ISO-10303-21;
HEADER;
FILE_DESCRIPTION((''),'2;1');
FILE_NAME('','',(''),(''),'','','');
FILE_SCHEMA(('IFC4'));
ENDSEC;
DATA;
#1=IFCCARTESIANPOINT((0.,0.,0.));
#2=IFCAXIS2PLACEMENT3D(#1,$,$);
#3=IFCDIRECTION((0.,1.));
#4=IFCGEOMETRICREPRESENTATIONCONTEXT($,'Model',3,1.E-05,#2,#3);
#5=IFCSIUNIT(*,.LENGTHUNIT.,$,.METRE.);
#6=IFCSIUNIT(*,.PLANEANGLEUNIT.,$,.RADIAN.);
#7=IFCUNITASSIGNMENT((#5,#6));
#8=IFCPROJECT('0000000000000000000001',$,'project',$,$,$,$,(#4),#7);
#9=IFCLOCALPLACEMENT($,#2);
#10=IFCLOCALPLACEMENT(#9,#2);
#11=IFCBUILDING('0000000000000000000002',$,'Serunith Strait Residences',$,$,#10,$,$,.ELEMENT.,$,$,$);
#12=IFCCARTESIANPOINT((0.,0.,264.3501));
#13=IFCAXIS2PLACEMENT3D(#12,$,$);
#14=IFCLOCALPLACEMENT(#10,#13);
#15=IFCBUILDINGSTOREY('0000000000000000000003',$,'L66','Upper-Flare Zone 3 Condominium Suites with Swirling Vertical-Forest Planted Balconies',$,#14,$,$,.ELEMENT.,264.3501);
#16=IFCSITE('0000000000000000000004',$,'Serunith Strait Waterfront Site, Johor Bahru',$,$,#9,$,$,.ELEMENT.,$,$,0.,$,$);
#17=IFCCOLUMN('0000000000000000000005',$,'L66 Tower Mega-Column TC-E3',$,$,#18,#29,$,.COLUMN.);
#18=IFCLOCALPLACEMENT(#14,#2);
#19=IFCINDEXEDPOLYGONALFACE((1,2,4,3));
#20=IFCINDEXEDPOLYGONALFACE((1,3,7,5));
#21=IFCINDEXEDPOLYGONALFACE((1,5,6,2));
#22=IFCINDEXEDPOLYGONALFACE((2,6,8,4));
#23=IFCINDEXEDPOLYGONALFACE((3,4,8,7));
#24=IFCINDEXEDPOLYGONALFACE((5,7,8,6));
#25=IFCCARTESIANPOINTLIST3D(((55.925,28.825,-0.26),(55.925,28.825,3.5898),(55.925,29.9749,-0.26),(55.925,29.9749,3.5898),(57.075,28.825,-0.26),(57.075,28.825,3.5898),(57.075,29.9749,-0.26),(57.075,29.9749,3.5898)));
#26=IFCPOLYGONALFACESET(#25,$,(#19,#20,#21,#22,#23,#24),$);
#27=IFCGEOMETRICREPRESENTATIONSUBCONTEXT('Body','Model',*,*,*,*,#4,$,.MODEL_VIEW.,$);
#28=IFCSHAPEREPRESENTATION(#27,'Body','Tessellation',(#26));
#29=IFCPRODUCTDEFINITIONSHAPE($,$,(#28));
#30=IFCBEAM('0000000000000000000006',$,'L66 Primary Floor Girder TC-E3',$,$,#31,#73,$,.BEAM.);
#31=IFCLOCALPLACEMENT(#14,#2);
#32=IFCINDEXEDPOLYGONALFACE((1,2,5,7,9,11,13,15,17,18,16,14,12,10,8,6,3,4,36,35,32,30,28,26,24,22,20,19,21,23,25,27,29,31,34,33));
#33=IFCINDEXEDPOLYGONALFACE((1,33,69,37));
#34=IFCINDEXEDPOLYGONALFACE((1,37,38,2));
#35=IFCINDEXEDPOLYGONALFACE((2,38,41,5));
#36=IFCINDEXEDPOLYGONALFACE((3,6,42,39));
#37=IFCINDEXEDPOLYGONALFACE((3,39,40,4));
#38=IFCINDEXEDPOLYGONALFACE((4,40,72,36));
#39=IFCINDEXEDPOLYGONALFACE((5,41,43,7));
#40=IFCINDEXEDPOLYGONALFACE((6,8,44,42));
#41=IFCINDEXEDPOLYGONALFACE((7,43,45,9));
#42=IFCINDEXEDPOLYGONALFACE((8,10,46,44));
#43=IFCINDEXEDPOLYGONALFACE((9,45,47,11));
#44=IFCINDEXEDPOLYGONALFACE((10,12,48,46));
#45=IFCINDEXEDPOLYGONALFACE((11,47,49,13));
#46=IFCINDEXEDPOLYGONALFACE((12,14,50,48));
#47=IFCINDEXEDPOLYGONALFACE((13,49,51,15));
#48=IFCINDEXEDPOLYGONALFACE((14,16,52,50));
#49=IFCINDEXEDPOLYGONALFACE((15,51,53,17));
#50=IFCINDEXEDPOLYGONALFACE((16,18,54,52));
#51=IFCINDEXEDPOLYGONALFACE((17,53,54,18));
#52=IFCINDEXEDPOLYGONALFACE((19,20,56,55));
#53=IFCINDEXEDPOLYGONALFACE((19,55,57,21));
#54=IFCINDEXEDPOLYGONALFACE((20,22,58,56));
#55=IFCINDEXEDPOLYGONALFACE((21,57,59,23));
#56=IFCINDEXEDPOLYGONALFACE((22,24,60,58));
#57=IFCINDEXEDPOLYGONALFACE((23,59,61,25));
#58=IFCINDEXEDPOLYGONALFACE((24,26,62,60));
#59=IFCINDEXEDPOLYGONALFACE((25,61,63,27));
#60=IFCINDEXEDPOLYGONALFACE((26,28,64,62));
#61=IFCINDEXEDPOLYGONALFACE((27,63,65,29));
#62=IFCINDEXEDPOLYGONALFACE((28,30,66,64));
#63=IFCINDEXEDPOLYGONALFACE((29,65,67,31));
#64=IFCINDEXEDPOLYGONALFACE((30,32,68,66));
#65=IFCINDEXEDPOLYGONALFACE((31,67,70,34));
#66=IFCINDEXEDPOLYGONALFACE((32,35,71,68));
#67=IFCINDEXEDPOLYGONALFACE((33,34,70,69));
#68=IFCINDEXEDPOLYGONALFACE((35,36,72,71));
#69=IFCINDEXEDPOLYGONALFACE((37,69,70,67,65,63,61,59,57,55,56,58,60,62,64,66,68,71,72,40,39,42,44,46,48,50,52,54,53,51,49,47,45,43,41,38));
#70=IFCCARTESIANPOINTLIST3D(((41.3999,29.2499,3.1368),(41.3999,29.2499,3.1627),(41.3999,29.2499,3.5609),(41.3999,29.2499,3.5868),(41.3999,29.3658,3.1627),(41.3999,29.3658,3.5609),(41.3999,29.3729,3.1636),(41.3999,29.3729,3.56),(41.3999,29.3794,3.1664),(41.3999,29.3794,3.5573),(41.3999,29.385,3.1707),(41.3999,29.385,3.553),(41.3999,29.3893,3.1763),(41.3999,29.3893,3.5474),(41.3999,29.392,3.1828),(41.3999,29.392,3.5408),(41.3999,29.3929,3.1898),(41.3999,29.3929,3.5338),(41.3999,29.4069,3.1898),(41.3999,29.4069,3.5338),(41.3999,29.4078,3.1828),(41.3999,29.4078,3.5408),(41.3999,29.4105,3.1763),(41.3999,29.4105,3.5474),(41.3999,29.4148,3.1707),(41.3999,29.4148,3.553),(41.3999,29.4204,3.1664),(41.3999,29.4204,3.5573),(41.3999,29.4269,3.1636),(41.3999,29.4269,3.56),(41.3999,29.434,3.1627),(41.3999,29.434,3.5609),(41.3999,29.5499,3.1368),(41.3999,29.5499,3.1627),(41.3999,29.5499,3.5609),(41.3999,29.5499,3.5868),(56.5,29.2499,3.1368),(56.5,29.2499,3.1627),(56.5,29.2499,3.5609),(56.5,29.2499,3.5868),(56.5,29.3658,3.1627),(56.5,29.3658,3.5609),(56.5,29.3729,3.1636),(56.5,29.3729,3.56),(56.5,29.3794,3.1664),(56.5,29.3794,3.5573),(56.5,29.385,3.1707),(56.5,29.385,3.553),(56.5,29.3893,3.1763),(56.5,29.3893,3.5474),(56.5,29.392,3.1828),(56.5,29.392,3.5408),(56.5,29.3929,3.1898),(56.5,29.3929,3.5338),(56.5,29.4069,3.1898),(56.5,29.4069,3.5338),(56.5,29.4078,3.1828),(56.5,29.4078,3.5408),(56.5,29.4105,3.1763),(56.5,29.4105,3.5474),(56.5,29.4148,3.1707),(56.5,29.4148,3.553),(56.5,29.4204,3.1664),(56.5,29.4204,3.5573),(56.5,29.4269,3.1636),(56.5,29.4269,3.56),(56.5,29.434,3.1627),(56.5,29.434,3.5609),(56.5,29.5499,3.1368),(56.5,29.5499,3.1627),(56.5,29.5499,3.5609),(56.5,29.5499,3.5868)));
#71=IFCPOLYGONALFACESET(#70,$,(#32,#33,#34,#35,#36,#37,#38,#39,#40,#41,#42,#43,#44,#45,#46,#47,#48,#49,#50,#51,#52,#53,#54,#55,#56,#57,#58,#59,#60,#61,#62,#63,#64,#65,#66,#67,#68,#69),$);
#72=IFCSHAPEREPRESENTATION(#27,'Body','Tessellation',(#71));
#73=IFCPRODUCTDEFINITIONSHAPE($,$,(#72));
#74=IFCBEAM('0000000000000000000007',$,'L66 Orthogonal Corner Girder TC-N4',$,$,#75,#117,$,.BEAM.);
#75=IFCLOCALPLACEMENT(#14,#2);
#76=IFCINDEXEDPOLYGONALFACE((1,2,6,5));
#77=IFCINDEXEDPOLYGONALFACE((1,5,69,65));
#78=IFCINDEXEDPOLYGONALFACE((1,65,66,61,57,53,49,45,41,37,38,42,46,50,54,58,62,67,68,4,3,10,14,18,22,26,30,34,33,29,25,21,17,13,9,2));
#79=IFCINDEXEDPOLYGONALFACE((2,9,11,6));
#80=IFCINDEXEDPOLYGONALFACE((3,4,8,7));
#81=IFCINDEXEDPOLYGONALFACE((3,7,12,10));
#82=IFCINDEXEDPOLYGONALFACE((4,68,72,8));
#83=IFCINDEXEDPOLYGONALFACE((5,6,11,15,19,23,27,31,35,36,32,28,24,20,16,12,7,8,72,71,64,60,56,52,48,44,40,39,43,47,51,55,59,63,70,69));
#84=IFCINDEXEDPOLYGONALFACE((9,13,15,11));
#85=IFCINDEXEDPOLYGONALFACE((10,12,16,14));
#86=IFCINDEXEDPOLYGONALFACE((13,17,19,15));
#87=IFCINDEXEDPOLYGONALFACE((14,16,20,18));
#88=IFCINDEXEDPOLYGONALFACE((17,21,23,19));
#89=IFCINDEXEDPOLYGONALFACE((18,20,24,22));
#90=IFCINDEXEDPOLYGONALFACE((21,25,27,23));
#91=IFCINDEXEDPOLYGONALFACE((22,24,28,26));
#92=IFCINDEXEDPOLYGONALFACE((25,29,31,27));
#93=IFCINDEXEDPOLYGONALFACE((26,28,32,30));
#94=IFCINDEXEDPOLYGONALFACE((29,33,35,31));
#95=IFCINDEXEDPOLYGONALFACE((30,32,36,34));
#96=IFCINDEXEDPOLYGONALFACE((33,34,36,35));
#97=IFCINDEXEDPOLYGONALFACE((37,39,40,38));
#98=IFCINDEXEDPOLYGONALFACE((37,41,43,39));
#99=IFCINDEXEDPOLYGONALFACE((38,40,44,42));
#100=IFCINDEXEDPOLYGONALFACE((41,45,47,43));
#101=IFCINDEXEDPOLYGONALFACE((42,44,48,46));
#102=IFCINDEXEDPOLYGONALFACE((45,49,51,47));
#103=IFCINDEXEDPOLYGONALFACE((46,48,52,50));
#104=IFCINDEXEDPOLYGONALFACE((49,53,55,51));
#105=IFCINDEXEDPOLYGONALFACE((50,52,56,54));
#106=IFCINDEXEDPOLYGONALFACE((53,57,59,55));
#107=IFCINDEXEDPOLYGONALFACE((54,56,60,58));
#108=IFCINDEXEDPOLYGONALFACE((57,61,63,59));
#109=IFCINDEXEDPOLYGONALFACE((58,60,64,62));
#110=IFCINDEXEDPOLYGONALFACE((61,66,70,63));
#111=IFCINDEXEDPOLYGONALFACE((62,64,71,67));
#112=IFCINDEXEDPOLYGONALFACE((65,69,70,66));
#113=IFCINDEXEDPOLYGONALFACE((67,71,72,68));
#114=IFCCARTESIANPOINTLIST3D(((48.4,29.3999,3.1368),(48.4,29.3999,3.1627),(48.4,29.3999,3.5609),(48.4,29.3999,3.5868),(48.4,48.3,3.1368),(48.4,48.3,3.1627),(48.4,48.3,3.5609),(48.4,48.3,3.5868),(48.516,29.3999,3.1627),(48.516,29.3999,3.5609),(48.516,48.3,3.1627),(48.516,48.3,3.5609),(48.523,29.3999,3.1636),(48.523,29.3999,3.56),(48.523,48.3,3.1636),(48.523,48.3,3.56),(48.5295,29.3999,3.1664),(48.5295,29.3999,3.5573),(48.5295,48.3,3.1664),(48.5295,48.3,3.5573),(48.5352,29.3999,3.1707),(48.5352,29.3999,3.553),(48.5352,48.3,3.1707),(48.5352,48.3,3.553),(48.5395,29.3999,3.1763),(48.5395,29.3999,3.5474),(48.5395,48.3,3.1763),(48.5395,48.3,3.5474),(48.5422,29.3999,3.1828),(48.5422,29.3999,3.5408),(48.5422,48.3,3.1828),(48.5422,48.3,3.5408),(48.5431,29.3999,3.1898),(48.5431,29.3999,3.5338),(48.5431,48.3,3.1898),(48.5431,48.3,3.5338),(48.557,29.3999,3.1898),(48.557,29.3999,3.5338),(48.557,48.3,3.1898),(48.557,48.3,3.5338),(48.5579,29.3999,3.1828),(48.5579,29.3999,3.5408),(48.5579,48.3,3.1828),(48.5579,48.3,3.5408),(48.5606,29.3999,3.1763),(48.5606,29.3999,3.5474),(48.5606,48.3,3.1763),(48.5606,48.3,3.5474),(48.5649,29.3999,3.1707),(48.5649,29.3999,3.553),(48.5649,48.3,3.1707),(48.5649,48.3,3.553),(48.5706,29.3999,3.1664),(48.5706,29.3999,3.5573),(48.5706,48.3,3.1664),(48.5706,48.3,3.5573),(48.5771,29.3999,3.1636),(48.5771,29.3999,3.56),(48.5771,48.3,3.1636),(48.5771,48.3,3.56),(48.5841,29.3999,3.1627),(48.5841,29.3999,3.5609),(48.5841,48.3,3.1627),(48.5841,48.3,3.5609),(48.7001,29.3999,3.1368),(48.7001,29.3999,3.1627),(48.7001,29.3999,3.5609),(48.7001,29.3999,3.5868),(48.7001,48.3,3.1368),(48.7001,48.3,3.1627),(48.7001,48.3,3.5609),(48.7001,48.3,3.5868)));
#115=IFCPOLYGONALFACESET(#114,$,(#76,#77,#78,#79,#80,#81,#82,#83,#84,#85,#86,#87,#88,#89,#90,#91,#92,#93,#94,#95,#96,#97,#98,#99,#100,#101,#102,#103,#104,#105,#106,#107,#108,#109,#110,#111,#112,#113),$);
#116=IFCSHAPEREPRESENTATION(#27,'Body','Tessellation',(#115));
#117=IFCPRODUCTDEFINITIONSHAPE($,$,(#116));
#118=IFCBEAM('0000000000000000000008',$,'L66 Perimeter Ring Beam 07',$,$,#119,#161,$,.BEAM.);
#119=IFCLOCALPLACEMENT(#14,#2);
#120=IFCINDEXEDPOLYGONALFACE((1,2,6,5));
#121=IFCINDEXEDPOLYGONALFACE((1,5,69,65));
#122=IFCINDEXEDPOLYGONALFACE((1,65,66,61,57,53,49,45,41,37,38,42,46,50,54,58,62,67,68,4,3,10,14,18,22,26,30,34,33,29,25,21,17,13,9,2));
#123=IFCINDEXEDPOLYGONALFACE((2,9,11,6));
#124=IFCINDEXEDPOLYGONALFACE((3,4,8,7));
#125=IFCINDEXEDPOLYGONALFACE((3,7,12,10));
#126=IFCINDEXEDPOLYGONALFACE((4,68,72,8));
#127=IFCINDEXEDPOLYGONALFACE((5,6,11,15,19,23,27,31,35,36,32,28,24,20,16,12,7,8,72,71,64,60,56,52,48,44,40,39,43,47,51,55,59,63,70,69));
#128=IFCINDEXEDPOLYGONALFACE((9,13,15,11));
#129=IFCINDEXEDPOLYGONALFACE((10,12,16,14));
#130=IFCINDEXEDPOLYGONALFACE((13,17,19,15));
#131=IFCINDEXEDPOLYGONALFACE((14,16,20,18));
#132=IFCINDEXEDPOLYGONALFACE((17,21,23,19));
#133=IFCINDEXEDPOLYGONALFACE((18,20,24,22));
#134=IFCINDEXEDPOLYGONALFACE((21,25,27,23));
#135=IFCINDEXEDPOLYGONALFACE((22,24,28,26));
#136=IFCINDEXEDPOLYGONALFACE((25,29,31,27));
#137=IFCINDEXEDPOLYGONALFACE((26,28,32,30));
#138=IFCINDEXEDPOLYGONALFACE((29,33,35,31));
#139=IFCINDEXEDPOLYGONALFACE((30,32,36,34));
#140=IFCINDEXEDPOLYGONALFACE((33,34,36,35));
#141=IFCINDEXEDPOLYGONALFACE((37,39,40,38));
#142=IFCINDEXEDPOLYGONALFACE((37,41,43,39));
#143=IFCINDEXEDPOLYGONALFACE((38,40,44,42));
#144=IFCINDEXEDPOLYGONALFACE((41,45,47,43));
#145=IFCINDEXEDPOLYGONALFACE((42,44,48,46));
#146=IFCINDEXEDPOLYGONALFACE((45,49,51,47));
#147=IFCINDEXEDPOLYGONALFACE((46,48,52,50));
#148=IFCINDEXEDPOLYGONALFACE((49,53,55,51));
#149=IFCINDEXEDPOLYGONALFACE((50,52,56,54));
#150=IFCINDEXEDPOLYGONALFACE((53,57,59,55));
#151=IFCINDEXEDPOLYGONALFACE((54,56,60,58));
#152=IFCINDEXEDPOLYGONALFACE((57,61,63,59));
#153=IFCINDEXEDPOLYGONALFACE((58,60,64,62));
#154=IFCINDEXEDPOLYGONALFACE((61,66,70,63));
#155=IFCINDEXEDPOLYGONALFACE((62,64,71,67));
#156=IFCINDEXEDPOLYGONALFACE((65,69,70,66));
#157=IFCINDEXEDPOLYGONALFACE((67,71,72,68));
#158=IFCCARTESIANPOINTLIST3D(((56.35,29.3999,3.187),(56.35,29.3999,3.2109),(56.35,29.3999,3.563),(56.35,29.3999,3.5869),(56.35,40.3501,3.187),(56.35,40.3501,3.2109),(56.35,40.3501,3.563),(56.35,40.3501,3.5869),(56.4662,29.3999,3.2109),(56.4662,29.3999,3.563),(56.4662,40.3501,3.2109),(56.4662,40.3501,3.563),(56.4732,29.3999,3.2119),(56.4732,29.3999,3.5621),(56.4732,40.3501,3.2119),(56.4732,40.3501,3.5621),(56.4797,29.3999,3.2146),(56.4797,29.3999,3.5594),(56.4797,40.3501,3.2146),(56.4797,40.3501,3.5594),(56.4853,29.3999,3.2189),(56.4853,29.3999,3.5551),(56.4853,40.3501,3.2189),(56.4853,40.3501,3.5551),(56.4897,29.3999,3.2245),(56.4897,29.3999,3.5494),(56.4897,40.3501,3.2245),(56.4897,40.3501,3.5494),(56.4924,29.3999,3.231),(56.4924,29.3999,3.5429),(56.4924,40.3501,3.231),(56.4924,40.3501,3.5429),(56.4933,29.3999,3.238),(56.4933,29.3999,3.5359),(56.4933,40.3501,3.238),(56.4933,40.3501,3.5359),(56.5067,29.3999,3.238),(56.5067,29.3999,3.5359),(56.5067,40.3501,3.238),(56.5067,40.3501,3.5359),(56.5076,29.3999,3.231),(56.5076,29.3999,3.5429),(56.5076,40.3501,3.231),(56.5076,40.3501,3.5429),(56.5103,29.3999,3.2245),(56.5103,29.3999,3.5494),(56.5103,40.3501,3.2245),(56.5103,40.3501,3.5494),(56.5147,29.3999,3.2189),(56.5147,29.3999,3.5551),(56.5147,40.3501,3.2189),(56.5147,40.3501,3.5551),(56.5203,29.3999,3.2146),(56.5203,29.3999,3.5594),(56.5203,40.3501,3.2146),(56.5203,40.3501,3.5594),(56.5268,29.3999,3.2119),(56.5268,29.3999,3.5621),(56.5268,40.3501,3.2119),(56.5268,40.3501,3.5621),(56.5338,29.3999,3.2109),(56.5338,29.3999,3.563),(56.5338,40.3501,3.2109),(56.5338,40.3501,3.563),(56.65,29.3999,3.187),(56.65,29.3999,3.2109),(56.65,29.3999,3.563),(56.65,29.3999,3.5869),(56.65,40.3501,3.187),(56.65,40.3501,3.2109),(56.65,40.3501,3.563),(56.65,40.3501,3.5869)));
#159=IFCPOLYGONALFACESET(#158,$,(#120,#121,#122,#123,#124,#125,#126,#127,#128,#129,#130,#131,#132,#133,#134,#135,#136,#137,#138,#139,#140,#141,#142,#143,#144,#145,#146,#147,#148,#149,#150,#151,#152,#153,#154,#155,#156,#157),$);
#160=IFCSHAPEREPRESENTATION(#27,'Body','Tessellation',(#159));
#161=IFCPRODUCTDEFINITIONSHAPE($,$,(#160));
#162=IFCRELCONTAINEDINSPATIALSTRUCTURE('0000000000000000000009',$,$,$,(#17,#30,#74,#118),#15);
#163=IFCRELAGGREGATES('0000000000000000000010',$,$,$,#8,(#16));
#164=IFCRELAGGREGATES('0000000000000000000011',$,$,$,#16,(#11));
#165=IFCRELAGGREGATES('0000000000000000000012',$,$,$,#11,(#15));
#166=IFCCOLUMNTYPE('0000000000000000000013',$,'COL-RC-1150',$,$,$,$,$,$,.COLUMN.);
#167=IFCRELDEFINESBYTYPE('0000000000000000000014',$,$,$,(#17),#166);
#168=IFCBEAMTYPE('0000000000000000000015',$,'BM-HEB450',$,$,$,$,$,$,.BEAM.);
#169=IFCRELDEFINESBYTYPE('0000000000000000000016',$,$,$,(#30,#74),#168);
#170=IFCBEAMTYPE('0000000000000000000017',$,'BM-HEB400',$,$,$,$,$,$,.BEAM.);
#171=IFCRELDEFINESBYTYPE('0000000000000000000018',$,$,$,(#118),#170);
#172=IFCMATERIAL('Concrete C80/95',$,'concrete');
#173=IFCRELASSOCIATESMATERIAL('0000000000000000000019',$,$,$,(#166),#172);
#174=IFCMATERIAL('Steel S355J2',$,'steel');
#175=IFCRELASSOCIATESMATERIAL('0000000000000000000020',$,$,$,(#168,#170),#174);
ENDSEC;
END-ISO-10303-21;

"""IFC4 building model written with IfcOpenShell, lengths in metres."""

from ifc_helpers import new_model, si_unit, direction, frame, origin, origin_2d, place, context, subcontext, project, spatial, rectangle, i_section, extrude, source, transform, mapped, material, material_profile, profile_set, type_object, element, save


model = new_model("IFC4")

# Units and contexts
model_context = context("Model", 3, precision=1e-05, world=origin(), true_north=direction((0.0, 1.0)))
body_context = subcontext(model_context, "Body", "Model", "MODEL_VIEW")
ifc_project = project(units=[si_unit("LENGTHUNIT", "METRE"), si_unit("PLANEANGLEUNIT", "RADIAN")], contexts=[model_context])

# Site, building, storey
site_placement = place(None, origin())
site = spatial("IfcSite", under=ifc_project, at=site_placement, Name="Serunith Strait Waterfront Site, Johor Bahru", CompositionType="ELEMENT", RefElevation=0.0)
building_placement = place(site_placement, origin())
building = spatial("IfcBuilding", under=site, at=building_placement, Name="Serunith Strait Residences", CompositionType="ELEMENT")
storey_placement = place(building_placement, frame((0.0, 0.0, 264.3501)))
storey = spatial("IfcBuildingStorey", under=building, at=storey_placement, Name="L66", Description="Upper-Flare Zone 3 Condominium Suites with Swirling Vertical-Forest Planted Balconies", CompositionType="ELEMENT", Elevation=264.3501)

# Column
ifc_material_1 = material(Name="Concrete C80/95", Category="concrete")
ifc_material_profile_1 = material_profile(ifc_material_1, rectangle(XDim=1.1499, YDim=1.1499, at=origin_2d()), Name="RC 1150x1150")
ifc_profile_set_1 = profile_set([ifc_material_profile_1], Name="Concrete C80/95")
column_type = type_object("IfcColumnType", Name="COL-RC-1150", PredefinedType="COLUMN", material=ifc_profile_set_1)
shared_shape_1 = source(origin(), body_context, "Body", "SweptSolid", [
    extrude(rectangle(XDim=1.1499, YDim=1.1499, at=origin_2d()), origin(), (0.0, 0.0, 1.0), 3.8499),
])
column_placement = place(storey_placement, frame((56.5, 29.3999, -0.26), z_axis=(0.0, 0.0, 1.0), x_axis=(1.0, 0.0, 0.0)))
element("IfcColumn", 1, at=column_placement, inside=storey, type_object=column_type, Name="L66 Tower Mega-Column TC-E3", PredefinedType="COLUMN", context=body_context, shape_type="MappedRepresentation", body=[
    mapped(shared_shape_1, transform((0.0, 0.0, 0.0), scale=1.0)),
])

# Beams
ifc_material_2 = material(Name="Steel S355J2", Category="steel")
ifc_material_profile_2 = material_profile(ifc_material_2, i_section(OverallWidth=0.3, OverallDepth=0.45, WebThickness=0.0139, FlangeThickness=0.0259, FilletRadius=0.0271, at=origin_2d()), Name="HEB 450")
ifc_profile_set_2 = profile_set([ifc_material_profile_2], Name="Steel S355J2")
beam_type_1 = type_object("IfcBeamType", Name="BM-HEB450", PredefinedType="BEAM", material=ifc_profile_set_2)
shared_shape_2 = source(origin(), body_context, "Body", "SweptSolid", [
    extrude(i_section(OverallWidth=0.3, OverallDepth=0.45, WebThickness=0.0139, FlangeThickness=0.0259, FilletRadius=0.0271, at=origin_2d()), origin(), (0.0, 0.0, 1.0), 15.1001),
])
beam_1_placement = place(storey_placement, frame((41.3999, 29.3999, 3.3618), z_axis=(1.0, 0.0, 0.0), x_axis=(0.0, 1.0, 0.0)))
element("IfcBeam", 2, at=beam_1_placement, inside=storey, type_object=beam_type_1, Name="L66 Primary Floor Girder TC-E3", PredefinedType="BEAM", context=body_context, shape_type="MappedRepresentation", body=[
    mapped(shared_shape_2, transform((0.0, 0.0, 0.0), scale=1.0)),
])
shared_shape_3 = source(origin(), body_context, "Body", "SweptSolid", [
    extrude(i_section(OverallWidth=0.3, OverallDepth=0.45, WebThickness=0.0139, FlangeThickness=0.0259, FilletRadius=0.0271, at=origin_2d()), origin(), (0.0, 0.0, 1.0), 18.9001),
])
beam_2_placement = place(storey_placement, frame((48.55, 29.3999, 3.3618), z_axis=(0.0, 1.0, 0.0), x_axis=(-1.0, 0.0, 0.0)))
element("IfcBeam", 3, at=beam_2_placement, inside=storey, type_object=beam_type_1, Name="L66 Orthogonal Corner Girder TC-N4", PredefinedType="BEAM", context=body_context, shape_type="MappedRepresentation", body=[
    mapped(shared_shape_3, transform((0.0, 0.0, 0.0), scale=1.0)),
])
ifc_material_profile_3 = material_profile(ifc_material_2, i_section(OverallWidth=0.3, OverallDepth=0.3999, WebThickness=0.0134, FlangeThickness=0.0239, FilletRadius=0.0271, at=origin_2d()), Name="HEB 400")
ifc_profile_set_3 = profile_set([ifc_material_profile_3], Name="Steel S355J2")
beam_type_2 = type_object("IfcBeamType", Name="BM-HEB400", PredefinedType="BEAM", material=ifc_profile_set_3)
shared_shape_4 = source(origin(), body_context, "Body", "SweptSolid", [
    extrude(i_section(OverallWidth=0.3, OverallDepth=0.3999, WebThickness=0.0134, FlangeThickness=0.0239, FilletRadius=0.0271, at=origin_2d()), origin(), (0.0, 0.0, 1.0), 10.9502),
])
beam_3_placement = place(storey_placement, frame((56.5, 29.3999, 3.387), z_axis=(0.0, 1.0, 0.0), x_axis=(-1.0, 0.0, 0.0)))
element("IfcBeam", 4, at=beam_3_placement, inside=storey, type_object=beam_type_2, Name="L66 Perimeter Ring Beam 07", PredefinedType="BEAM", context=body_context, shape_type="MappedRepresentation", body=[
    mapped(shared_shape_4, transform((0.0, 0.0, 0.0), scale=1.0)),
])

save(model, "model.ifc")
